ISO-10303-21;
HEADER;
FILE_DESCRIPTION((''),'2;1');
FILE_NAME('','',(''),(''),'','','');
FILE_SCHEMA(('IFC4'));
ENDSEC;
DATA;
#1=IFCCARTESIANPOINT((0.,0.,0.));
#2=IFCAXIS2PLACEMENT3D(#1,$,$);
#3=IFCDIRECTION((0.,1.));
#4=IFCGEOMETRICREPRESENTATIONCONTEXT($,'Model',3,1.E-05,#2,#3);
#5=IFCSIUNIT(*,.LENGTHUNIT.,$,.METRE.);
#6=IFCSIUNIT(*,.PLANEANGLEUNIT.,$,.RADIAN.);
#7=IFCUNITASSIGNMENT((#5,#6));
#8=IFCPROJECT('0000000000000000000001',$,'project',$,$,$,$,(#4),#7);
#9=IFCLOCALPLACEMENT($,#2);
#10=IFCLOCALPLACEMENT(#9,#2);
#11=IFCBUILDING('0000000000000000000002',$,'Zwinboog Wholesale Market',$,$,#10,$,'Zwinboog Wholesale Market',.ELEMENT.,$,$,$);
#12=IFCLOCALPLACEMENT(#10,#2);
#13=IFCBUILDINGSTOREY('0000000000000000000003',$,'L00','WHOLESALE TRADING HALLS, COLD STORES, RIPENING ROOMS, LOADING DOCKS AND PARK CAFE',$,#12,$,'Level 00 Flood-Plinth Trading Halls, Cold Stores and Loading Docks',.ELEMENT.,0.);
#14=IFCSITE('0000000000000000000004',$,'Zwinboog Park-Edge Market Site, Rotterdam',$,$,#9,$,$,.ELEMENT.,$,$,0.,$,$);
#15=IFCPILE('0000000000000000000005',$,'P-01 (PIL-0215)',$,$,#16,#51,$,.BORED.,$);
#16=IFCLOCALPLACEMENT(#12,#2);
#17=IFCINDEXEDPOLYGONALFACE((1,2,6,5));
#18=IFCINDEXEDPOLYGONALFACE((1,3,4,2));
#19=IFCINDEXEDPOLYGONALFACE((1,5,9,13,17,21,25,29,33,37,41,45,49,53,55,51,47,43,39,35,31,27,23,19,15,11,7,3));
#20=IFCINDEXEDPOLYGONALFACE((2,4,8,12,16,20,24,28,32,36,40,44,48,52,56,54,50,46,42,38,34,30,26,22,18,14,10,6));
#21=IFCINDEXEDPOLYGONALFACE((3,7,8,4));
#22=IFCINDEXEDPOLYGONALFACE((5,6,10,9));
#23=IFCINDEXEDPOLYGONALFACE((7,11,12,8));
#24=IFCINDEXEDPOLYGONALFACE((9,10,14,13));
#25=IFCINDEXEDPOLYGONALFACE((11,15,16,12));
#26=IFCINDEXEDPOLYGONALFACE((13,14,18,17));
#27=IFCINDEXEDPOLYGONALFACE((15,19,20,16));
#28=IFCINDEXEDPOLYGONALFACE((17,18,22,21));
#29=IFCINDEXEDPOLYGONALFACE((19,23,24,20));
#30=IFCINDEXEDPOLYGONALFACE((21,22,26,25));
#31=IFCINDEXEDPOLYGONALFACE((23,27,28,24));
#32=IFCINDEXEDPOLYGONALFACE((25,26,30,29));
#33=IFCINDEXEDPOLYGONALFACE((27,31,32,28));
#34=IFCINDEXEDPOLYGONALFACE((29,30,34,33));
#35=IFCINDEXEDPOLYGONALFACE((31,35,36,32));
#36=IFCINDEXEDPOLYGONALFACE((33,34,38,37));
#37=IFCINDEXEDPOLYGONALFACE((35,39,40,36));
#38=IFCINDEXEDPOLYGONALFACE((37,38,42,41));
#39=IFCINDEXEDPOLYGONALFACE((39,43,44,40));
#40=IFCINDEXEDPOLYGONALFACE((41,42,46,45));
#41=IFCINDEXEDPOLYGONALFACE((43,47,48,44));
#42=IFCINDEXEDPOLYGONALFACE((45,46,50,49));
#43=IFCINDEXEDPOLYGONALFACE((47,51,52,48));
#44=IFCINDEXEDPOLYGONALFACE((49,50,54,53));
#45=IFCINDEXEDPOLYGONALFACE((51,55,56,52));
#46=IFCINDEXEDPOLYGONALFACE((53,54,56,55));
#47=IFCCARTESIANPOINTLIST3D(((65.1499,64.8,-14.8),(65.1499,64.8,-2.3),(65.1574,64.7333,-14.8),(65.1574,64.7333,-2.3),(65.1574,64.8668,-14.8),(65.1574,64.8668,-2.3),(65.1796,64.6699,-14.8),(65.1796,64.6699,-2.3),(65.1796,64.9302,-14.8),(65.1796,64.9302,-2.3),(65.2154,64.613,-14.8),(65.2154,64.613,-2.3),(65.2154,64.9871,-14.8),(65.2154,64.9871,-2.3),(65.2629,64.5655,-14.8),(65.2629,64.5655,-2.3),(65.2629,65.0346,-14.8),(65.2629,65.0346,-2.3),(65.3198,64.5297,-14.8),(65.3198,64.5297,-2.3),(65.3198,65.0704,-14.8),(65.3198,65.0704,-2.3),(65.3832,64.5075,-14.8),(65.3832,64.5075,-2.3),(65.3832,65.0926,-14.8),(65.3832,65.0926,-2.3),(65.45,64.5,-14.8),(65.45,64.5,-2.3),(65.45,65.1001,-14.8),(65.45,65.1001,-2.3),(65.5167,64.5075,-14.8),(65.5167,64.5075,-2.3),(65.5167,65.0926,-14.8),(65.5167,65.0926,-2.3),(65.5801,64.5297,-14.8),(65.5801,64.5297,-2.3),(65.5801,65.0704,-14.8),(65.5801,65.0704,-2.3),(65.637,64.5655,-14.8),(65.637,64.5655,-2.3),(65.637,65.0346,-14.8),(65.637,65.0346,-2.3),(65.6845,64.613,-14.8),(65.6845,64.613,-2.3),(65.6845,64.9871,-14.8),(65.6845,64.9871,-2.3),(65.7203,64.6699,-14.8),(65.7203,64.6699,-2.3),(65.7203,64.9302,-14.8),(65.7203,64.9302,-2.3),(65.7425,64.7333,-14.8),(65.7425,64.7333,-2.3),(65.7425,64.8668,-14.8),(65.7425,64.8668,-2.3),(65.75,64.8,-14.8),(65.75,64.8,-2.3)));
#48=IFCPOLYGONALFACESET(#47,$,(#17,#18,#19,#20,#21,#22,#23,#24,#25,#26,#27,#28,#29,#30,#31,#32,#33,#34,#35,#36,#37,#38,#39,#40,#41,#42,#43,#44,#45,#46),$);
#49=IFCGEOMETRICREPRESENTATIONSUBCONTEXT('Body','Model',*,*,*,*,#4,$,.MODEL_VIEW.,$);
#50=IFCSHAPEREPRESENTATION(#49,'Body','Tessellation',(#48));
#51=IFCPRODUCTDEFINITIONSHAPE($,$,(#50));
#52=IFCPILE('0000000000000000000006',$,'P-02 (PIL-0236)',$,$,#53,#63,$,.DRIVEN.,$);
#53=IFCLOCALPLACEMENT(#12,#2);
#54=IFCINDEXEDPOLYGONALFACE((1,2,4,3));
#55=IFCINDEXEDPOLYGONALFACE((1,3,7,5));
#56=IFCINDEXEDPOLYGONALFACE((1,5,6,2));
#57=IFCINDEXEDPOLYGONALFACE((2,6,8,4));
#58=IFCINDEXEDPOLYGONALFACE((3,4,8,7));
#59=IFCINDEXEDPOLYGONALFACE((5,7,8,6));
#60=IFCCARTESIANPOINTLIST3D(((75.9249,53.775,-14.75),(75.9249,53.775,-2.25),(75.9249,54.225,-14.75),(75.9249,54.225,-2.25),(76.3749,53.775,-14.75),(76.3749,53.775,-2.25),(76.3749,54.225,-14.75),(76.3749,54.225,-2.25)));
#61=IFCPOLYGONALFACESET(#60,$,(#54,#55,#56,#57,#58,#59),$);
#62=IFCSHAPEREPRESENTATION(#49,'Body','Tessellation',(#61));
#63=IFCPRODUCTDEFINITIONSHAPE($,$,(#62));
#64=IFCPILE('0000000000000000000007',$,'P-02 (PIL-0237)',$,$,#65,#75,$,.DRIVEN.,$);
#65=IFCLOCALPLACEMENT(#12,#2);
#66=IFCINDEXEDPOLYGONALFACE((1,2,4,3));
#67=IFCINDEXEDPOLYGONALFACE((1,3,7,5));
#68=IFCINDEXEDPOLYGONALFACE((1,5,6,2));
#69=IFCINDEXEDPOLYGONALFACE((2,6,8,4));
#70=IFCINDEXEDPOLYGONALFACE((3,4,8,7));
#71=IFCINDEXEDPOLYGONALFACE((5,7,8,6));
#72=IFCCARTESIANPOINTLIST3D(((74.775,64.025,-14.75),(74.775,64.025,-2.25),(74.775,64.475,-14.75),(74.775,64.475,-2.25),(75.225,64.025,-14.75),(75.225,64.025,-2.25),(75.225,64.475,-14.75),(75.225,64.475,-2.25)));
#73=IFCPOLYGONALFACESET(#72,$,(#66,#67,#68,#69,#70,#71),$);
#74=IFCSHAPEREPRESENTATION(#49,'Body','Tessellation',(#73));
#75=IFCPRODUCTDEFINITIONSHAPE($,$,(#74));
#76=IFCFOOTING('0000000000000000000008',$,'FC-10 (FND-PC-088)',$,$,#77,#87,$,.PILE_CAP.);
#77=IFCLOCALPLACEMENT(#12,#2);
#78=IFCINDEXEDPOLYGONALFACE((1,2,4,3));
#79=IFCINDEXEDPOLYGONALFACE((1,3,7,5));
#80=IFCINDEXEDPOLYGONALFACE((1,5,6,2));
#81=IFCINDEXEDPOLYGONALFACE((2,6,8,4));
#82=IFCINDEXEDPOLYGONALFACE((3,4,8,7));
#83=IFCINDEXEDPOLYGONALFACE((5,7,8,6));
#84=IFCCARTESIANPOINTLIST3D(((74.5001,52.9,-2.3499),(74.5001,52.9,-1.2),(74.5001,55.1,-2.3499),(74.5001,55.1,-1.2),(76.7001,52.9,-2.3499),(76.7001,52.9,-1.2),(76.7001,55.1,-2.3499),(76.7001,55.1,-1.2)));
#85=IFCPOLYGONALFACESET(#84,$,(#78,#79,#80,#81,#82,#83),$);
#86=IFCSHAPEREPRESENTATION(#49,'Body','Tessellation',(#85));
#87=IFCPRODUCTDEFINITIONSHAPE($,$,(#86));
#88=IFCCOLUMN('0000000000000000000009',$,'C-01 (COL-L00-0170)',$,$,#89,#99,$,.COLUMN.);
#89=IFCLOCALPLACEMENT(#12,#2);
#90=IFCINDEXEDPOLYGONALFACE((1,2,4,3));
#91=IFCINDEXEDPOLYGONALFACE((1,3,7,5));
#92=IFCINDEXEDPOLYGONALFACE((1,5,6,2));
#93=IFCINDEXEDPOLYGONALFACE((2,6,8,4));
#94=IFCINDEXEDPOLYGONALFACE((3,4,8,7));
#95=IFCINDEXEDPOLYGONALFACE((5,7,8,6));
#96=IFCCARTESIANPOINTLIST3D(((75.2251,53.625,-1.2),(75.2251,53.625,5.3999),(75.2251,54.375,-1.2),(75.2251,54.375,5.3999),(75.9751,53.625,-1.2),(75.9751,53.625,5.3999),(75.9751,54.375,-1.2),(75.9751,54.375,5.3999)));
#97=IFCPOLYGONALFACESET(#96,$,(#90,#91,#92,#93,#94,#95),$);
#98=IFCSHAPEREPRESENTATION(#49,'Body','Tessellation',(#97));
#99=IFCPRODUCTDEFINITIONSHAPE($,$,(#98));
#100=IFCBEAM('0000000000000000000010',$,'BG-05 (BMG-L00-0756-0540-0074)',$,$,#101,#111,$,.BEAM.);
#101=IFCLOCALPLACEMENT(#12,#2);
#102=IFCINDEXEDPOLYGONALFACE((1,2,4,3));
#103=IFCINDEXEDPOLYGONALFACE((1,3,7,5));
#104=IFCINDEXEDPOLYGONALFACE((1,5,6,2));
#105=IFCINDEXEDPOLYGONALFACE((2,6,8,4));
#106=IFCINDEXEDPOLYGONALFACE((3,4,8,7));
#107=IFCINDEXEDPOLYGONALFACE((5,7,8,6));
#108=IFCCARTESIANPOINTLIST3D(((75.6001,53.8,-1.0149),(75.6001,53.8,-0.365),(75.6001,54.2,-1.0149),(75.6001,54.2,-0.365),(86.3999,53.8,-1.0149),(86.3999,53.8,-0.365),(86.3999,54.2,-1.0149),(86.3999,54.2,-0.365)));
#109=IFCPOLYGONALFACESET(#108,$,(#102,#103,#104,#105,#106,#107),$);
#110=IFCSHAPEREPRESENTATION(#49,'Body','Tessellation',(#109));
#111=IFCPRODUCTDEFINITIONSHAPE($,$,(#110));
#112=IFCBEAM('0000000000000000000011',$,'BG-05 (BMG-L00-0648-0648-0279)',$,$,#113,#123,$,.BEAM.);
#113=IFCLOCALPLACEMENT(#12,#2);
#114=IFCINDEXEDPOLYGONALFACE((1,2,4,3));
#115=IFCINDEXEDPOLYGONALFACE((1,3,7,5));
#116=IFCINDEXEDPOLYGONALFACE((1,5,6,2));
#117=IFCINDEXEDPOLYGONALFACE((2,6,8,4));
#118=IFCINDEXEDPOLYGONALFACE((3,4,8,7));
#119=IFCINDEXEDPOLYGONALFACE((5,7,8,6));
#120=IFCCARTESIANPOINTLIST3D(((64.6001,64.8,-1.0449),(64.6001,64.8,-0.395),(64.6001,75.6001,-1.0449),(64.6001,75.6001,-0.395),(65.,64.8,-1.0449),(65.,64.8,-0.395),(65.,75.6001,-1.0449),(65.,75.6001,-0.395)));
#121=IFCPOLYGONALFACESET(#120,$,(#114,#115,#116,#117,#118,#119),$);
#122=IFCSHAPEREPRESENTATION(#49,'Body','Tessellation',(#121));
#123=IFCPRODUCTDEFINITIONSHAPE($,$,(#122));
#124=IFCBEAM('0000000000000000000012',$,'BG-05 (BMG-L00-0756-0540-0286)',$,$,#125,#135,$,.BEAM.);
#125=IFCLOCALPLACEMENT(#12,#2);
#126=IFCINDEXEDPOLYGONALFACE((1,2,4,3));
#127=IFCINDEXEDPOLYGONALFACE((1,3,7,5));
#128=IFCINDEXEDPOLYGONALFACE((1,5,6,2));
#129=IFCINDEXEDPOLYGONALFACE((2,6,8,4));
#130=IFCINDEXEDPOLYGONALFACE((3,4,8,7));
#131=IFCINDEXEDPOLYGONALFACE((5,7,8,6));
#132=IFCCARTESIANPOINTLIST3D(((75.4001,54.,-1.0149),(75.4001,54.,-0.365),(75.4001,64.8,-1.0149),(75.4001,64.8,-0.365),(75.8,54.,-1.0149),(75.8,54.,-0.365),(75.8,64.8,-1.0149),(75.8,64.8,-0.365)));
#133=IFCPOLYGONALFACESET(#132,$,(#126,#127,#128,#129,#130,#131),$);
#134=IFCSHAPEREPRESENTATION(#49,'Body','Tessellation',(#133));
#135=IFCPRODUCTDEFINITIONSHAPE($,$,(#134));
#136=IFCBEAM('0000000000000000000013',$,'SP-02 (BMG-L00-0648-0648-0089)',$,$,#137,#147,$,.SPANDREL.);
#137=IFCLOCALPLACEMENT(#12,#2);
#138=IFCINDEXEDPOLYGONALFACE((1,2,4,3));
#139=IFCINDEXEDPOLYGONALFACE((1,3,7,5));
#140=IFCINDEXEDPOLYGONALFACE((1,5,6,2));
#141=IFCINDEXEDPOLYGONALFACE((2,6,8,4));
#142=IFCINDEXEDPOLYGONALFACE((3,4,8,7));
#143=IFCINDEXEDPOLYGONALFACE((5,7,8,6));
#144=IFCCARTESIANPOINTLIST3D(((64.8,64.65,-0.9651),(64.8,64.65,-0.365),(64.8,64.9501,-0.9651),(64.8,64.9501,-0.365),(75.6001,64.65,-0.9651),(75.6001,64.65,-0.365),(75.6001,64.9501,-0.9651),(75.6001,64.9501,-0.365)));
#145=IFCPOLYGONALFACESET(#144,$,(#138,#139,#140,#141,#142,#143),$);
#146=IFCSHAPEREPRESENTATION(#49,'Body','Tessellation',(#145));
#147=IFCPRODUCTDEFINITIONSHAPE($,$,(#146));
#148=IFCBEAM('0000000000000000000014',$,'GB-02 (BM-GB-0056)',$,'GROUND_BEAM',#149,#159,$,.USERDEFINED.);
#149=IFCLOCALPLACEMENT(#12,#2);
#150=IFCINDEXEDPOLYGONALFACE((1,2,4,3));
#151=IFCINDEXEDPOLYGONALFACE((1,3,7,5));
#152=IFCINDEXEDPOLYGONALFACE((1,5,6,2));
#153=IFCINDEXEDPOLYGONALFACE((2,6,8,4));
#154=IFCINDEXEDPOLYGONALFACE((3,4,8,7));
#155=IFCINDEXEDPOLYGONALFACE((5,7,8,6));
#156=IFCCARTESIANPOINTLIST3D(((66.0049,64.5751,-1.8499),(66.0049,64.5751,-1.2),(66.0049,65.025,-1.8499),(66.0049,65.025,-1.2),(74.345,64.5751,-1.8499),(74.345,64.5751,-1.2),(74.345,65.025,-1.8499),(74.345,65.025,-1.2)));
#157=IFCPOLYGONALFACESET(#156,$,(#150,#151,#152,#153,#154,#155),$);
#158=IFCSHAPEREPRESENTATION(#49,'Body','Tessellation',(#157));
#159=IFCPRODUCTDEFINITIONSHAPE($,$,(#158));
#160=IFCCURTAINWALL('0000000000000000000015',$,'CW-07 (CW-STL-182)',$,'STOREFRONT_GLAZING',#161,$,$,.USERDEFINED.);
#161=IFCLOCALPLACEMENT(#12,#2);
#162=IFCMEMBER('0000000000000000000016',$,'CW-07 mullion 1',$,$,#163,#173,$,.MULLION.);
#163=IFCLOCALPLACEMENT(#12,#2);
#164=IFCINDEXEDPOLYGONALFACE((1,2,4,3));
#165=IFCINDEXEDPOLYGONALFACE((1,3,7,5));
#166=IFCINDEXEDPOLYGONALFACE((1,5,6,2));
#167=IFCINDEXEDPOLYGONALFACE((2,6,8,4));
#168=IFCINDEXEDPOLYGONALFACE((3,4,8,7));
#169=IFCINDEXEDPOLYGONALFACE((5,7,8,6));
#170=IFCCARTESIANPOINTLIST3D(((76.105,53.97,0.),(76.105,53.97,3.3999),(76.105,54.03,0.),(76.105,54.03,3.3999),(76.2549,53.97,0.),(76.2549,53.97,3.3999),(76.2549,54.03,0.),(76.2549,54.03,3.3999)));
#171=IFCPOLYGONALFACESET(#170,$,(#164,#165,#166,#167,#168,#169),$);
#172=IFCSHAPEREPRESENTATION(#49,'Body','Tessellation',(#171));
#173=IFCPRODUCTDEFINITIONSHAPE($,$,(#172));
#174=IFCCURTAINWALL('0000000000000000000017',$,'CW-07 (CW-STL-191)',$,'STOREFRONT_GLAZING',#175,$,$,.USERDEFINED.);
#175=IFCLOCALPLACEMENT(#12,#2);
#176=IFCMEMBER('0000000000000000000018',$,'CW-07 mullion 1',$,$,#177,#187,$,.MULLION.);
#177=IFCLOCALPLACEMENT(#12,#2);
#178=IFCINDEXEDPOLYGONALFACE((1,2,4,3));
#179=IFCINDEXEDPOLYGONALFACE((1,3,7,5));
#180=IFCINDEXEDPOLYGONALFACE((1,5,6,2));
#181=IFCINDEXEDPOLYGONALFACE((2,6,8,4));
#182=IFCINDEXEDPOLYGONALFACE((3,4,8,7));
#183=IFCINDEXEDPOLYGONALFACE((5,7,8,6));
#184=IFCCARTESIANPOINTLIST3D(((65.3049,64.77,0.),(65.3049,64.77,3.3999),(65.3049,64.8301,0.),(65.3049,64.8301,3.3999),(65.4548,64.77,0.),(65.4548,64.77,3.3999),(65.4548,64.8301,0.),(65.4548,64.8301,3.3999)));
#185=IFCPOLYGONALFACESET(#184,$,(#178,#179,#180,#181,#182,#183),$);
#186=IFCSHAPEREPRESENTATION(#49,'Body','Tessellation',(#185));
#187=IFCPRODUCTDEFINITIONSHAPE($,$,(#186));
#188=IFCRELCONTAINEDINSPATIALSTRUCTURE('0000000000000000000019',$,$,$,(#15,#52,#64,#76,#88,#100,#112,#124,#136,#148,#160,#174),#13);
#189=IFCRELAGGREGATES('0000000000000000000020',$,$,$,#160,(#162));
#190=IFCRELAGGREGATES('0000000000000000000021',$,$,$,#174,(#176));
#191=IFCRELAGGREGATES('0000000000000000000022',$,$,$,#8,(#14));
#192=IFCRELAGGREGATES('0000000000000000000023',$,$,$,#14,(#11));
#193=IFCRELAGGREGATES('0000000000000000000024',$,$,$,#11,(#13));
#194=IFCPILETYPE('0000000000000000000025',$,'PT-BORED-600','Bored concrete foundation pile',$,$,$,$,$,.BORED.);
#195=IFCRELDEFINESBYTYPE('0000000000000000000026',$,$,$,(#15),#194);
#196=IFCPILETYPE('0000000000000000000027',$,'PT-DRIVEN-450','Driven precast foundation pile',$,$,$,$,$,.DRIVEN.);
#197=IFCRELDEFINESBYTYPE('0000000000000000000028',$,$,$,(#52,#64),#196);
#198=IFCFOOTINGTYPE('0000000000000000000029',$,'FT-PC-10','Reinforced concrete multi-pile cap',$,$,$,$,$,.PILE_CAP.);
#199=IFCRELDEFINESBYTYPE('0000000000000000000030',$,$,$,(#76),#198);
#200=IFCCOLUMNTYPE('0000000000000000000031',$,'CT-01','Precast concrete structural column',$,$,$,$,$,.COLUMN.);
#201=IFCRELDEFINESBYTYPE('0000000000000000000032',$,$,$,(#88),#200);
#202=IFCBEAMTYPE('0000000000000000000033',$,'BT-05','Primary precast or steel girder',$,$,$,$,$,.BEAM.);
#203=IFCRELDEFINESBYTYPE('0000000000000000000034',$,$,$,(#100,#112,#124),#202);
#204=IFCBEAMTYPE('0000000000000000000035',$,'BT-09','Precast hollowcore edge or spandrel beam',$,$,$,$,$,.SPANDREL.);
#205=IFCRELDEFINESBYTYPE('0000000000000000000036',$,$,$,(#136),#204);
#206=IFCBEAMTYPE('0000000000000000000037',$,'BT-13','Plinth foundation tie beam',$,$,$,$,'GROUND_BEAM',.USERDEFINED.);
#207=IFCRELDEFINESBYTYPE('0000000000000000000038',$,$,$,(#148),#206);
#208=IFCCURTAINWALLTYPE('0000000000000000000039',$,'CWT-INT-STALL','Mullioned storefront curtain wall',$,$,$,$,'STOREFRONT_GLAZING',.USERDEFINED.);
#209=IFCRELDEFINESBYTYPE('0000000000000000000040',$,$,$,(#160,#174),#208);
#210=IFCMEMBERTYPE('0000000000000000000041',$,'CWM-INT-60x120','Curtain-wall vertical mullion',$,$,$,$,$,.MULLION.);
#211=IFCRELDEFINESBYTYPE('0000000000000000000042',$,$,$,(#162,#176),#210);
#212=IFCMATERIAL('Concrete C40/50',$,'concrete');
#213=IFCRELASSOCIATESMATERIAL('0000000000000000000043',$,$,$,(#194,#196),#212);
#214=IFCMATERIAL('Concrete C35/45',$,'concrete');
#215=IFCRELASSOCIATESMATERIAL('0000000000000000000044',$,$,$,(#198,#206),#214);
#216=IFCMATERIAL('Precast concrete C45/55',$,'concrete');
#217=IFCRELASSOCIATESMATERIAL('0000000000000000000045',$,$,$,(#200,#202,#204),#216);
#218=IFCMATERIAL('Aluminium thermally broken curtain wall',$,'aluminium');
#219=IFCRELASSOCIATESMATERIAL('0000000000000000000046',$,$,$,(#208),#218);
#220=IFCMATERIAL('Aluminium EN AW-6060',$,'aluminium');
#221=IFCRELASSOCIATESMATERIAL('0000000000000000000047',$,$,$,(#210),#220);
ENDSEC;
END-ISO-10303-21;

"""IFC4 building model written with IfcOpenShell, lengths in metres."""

from ifc_helpers import new_model, si_unit, direction, frame, origin, origin_2d, place, context, subcontext, project, spatial, rectangle, circle, extrude, material, material_profile, profile_set, type_object, element, aggregate, save


model = new_model("IFC4")

# Units and contexts
model_context = context("Model", 3, precision=1e-05, world=origin(), true_north=direction((0.0, 1.0)))
body_context = subcontext(model_context, "Body", "Model", "MODEL_VIEW")
ifc_project = project(units=[si_unit("LENGTHUNIT", "METRE"), si_unit("PLANEANGLEUNIT", "RADIAN")], contexts=[model_context])

# Site, building, storey
site_placement = place(None, origin())
site = spatial("IfcSite", under=ifc_project, at=site_placement, Name="Zwinboog Park-Edge Market Site, Rotterdam", CompositionType="ELEMENT", RefElevation=0.0)
building_placement = place(site_placement, origin())
building = spatial("IfcBuilding", under=site, at=building_placement, Name="Zwinboog Wholesale Market", LongName="Zwinboog Wholesale Market", CompositionType="ELEMENT")
storey_placement = place(building_placement, origin())
storey = spatial("IfcBuildingStorey", under=building, at=storey_placement, Name="L00", Description="WHOLESALE TRADING HALLS, COLD STORES, RIPENING ROOMS, LOADING DOCKS AND PARK CAFE", LongName="Level 00 Flood-Plinth Trading Halls, Cold Stores and Loading Docks", CompositionType="ELEMENT", Elevation=0.0)

# Piles
ifc_material_1 = material(Name="Concrete C40/50", Category="concrete")
ifc_material_profile_1 = material_profile(ifc_material_1, circle(Radius=0.3, at=origin_2d()), Name="PILE D600")
ifc_profile_set_1 = profile_set([ifc_material_profile_1], Name="Concrete C40/50")
pile_type_1 = type_object("IfcPileType", Name="PT-BORED-600", Description="Bored concrete foundation pile", PredefinedType="BORED", material=ifc_profile_set_1)
pile_placement = place(storey_placement, frame((65.45, 64.8, -2.3), z_axis=(0.0, 0.0, -1.0), x_axis=(1.0, 0.0, 0.0)))
element("IfcPile", 1, at=pile_placement, inside=storey, type_object=pile_type_1, Name="P-01 (PIL-0215)", PredefinedType="BORED", context=body_context, shape_type="SweptSolid", body=[
    extrude(circle(Radius=0.3, at=origin_2d()), origin(), (0.0, 0.0, 1.0), 12.5),
])
ifc_material_profile_2 = material_profile(ifc_material_1, rectangle(XDim=0.45, YDim=0.45, at=origin_2d()), Name="PILE SQ450")
ifc_profile_set_2 = profile_set([ifc_material_profile_2], Name="Concrete C40/50")
pile_type_2 = type_object("IfcPileType", Name="PT-DRIVEN-450", Description="Driven precast foundation pile", PredefinedType="DRIVEN", material=ifc_profile_set_2)
for number, where, z_axis, x_axis, name in (
    (2, (76.1499, 54.0, -2.25), (0.0, 0.0, -1.0), (1.0, 0.0, 0.0), "P-02 (PIL-0236)"),
    (3, (75.0, 64.25, -2.25), (0.0, 0.0, -1.0), (1.0, 0.0, 0.0), "P-02 (PIL-0237)"),
):
    element("IfcPile", number, at=place(storey_placement, frame(where, z_axis=z_axis, x_axis=x_axis)), inside=storey, type_object=pile_type_2, Name=name, PredefinedType="DRIVEN", context=body_context, shape_type="SweptSolid", body=[
        extrude(rectangle(XDim=0.45, YDim=0.45, at=origin_2d()), origin(), (0.0, 0.0, 1.0), 12.5),
    ])

# Footing
ifc_material_2 = material(Name="Concrete C35/45", Category="concrete")
footing_type = type_object("IfcFootingType", Name="FT-PC-10", Description="Reinforced concrete multi-pile cap", PredefinedType="PILE_CAP", material=ifc_material_2)
footing_placement = place(storey_placement, frame((75.6001, 54.0, -2.3499), z_axis=(0.0, 0.0, 1.0), x_axis=(1.0, 0.0, 0.0)))
element("IfcFooting", 4, at=footing_placement, inside=storey, type_object=footing_type, Name="FC-10 (FND-PC-088)", PredefinedType="PILE_CAP", context=body_context, shape_type="SweptSolid", body=[
    extrude(rectangle(XDim=2.2, YDim=2.2, at=origin_2d()), origin(), (0.0, 0.0, 1.0), 1.1499),
])

# Column
ifc_material_3 = material(Name="Precast concrete C45/55", Category="concrete")
ifc_material_profile_3 = material_profile(ifc_material_3, rectangle(XDim=0.75, YDim=0.75, at=origin_2d()), Name="PC 750x750")
ifc_profile_set_3 = profile_set([ifc_material_profile_3], Name="Precast concrete C45/55")
column_type = type_object("IfcColumnType", Name="CT-01", Description="Precast concrete structural column", PredefinedType="COLUMN", material=ifc_profile_set_3)
column_placement = place(storey_placement, frame((75.6001, 54.0, -1.2), z_axis=(0.0, 0.0, 1.0), x_axis=(1.0, 0.0, 0.0)))
element("IfcColumn", 5, at=column_placement, inside=storey, type_object=column_type, Name="C-01 (COL-L00-0170)", PredefinedType="COLUMN", context=body_context, shape_type="SweptSolid", body=[
    extrude(rectangle(XDim=0.75, YDim=0.75, at=origin_2d()), origin(), (0.0, 0.0, 1.0), 6.5999),
])

# Beams
ifc_material_profile_4 = material_profile(ifc_material_3, rectangle(XDim=0.3999, YDim=0.6499, at=origin_2d()), Name="PC 400x650")
ifc_profile_set_4 = profile_set([ifc_material_profile_4], Name="Precast concrete C45/55")
beam_type_1 = type_object("IfcBeamType", Name="BT-05", Description="Primary precast or steel girder", PredefinedType="BEAM", material=ifc_profile_set_4)
beam_1_placement = place(storey_placement, frame((75.6001, 54.0, -0.6899), z_axis=(1.0, 0.0, 0.0), x_axis=(0.0, 1.0, 0.0)))
element("IfcBeam", 6, at=beam_1_placement, inside=storey, type_object=beam_type_1, Name="BG-05 (BMG-L00-0756-0540-0074)", PredefinedType="BEAM", context=body_context, shape_type="SweptSolid", body=[
    extrude(rectangle(XDim=0.3999, YDim=0.6499, at=origin_2d()), origin(), (0.0, 0.0, 1.0), 10.7998),
])
for number, where, z_axis, x_axis, name in (
    (7, (64.8, 64.8, -0.72), (0.0, 1.0, 0.0), (-1.0, 0.0, 0.0), "BG-05 (BMG-L00-0648-0648-0279)"),
    (8, (75.6001, 54.0, -0.6899), (0.0, 1.0, 0.0), (-1.0, 0.0, 0.0), "BG-05 (BMG-L00-0756-0540-0286)"),
):
    element("IfcBeam", number, at=place(storey_placement, frame(where, z_axis=z_axis, x_axis=x_axis)), inside=storey, type_object=beam_type_1, Name=name, PredefinedType="BEAM", context=body_context, shape_type="SweptSolid", body=[
        extrude(rectangle(XDim=0.3999, YDim=0.6499, at=origin_2d()), origin(), (0.0, 0.0, 1.0), 10.8),
    ])
ifc_material_profile_5 = material_profile(ifc_material_3, rectangle(XDim=0.3, YDim=0.6001, at=origin_2d()), Name="PC 300x600")
ifc_profile_set_5 = profile_set([ifc_material_profile_5], Name="Precast concrete C45/55")
beam_type_2 = type_object("IfcBeamType", Name="BT-09", Description="Precast hollowcore edge or spandrel beam", PredefinedType="SPANDREL", material=ifc_profile_set_5)
beam_2_placement = place(storey_placement, frame((64.8, 64.8, -0.665), z_axis=(1.0, 0.0, 0.0), x_axis=(0.0, 1.0, 0.0)))
element("IfcBeam", 9, at=beam_2_placement, inside=storey, type_object=beam_type_2, Name="SP-02 (BMG-L00-0648-0648-0089)", PredefinedType="SPANDREL", context=body_context, shape_type="SweptSolid", body=[
    extrude(rectangle(XDim=0.3, YDim=0.6001, at=origin_2d()), origin(), (0.0, 0.0, 1.0), 10.8),
])
ifc_material_profile_6 = material_profile(ifc_material_2, rectangle(XDim=0.45, YDim=0.6499, at=origin_2d()), Name="RC 450x650")
ifc_profile_set_6 = profile_set([ifc_material_profile_6], Name="Concrete C35/45")
beam_type_3 = type_object("IfcBeamType", Name="BT-13", Description="Plinth foundation tie beam", ElementType="GROUND_BEAM", PredefinedType="USERDEFINED", material=ifc_profile_set_6)
beam_3_placement = place(storey_placement, frame((66.0049, 64.8, -1.5249), z_axis=(1.0, 0.0, 0.0), x_axis=(0.0, 1.0, 0.0)))
element("IfcBeam", 10, at=beam_3_placement, inside=storey, type_object=beam_type_3, Name="GB-02 (BM-GB-0056)", ObjectType="GROUND_BEAM", PredefinedType="USERDEFINED", context=body_context, shape_type="SweptSolid", body=[
    extrude(rectangle(XDim=0.45, YDim=0.6499, at=origin_2d()), origin(), (0.0, 0.0, 1.0), 8.3401),
])

# Curtain wall, member
ifc_material_4 = material(Name="Aluminium thermally broken curtain wall", Category="aluminium")
curtain_wall_type = type_object("IfcCurtainWallType", Name="CWT-INT-STALL", Description="Mullioned storefront curtain wall", ElementType="STOREFRONT_GLAZING", PredefinedType="USERDEFINED", material=ifc_material_4)
curtain_wall_1_placement = place(storey_placement, origin())
curtain_wall_1 = element("IfcCurtainWall", 11, at=curtain_wall_1_placement, inside=storey, type_object=curtain_wall_type, Name="CW-07 (CW-STL-182)", ObjectType="STOREFRONT_GLAZING", PredefinedType="USERDEFINED")
ifc_material_5 = material(Name="Aluminium EN AW-6060", Category="aluminium")
ifc_material_profile_7 = material_profile(ifc_material_5, rectangle(XDim=0.0601, YDim=0.1499, at=origin_2d()), Name="AL 60x150")
ifc_profile_set_7 = profile_set([ifc_material_profile_7], Name="Aluminium EN AW-6060")
member_type_1 = type_object("IfcMemberType", Name="CWM-INT-60x120", Description="Curtain-wall vertical mullion", PredefinedType="MULLION", material=ifc_profile_set_7)
member_1_placement = place(storey_placement, frame((76.1799, 54.0, 0.0), z_axis=(0.0, 0.0, 1.0), x_axis=(0.0, 1.0, 0.0)))
member_1 = element("IfcMember", 12, at=member_1_placement, type_object=member_type_1, Name="CW-07 mullion 1", PredefinedType="MULLION", context=body_context, shape_type="SweptSolid", body=[
    extrude(rectangle(XDim=0.0601, YDim=0.1499, at=origin_2d()), origin(), (0.0, 0.0, 1.0), 3.3999),
])
aggregate(curtain_wall_1, [member_1])

# Curtain wall, member
curtain_wall_2_placement = place(storey_placement, origin())
curtain_wall_2 = element("IfcCurtainWall", 13, at=curtain_wall_2_placement, inside=storey, type_object=curtain_wall_type, Name="CW-07 (CW-STL-191)", ObjectType="STOREFRONT_GLAZING", PredefinedType="USERDEFINED")
member_2_placement = place(storey_placement, frame((65.3799, 64.8, 0.0), z_axis=(0.0, 0.0, 1.0), x_axis=(0.0, 1.0, 0.0)))
member_2 = element("IfcMember", 14, at=member_2_placement, type_object=member_type_1, Name="CW-07 mullion 1", PredefinedType="MULLION", context=body_context, shape_type="SweptSolid", body=[
    extrude(rectangle(XDim=0.0601, YDim=0.1499, at=origin_2d()), origin(), (0.0, 0.0, 1.0), 3.3999),
])
aggregate(curtain_wall_2, [member_2])

save(model, "model.ifc")
